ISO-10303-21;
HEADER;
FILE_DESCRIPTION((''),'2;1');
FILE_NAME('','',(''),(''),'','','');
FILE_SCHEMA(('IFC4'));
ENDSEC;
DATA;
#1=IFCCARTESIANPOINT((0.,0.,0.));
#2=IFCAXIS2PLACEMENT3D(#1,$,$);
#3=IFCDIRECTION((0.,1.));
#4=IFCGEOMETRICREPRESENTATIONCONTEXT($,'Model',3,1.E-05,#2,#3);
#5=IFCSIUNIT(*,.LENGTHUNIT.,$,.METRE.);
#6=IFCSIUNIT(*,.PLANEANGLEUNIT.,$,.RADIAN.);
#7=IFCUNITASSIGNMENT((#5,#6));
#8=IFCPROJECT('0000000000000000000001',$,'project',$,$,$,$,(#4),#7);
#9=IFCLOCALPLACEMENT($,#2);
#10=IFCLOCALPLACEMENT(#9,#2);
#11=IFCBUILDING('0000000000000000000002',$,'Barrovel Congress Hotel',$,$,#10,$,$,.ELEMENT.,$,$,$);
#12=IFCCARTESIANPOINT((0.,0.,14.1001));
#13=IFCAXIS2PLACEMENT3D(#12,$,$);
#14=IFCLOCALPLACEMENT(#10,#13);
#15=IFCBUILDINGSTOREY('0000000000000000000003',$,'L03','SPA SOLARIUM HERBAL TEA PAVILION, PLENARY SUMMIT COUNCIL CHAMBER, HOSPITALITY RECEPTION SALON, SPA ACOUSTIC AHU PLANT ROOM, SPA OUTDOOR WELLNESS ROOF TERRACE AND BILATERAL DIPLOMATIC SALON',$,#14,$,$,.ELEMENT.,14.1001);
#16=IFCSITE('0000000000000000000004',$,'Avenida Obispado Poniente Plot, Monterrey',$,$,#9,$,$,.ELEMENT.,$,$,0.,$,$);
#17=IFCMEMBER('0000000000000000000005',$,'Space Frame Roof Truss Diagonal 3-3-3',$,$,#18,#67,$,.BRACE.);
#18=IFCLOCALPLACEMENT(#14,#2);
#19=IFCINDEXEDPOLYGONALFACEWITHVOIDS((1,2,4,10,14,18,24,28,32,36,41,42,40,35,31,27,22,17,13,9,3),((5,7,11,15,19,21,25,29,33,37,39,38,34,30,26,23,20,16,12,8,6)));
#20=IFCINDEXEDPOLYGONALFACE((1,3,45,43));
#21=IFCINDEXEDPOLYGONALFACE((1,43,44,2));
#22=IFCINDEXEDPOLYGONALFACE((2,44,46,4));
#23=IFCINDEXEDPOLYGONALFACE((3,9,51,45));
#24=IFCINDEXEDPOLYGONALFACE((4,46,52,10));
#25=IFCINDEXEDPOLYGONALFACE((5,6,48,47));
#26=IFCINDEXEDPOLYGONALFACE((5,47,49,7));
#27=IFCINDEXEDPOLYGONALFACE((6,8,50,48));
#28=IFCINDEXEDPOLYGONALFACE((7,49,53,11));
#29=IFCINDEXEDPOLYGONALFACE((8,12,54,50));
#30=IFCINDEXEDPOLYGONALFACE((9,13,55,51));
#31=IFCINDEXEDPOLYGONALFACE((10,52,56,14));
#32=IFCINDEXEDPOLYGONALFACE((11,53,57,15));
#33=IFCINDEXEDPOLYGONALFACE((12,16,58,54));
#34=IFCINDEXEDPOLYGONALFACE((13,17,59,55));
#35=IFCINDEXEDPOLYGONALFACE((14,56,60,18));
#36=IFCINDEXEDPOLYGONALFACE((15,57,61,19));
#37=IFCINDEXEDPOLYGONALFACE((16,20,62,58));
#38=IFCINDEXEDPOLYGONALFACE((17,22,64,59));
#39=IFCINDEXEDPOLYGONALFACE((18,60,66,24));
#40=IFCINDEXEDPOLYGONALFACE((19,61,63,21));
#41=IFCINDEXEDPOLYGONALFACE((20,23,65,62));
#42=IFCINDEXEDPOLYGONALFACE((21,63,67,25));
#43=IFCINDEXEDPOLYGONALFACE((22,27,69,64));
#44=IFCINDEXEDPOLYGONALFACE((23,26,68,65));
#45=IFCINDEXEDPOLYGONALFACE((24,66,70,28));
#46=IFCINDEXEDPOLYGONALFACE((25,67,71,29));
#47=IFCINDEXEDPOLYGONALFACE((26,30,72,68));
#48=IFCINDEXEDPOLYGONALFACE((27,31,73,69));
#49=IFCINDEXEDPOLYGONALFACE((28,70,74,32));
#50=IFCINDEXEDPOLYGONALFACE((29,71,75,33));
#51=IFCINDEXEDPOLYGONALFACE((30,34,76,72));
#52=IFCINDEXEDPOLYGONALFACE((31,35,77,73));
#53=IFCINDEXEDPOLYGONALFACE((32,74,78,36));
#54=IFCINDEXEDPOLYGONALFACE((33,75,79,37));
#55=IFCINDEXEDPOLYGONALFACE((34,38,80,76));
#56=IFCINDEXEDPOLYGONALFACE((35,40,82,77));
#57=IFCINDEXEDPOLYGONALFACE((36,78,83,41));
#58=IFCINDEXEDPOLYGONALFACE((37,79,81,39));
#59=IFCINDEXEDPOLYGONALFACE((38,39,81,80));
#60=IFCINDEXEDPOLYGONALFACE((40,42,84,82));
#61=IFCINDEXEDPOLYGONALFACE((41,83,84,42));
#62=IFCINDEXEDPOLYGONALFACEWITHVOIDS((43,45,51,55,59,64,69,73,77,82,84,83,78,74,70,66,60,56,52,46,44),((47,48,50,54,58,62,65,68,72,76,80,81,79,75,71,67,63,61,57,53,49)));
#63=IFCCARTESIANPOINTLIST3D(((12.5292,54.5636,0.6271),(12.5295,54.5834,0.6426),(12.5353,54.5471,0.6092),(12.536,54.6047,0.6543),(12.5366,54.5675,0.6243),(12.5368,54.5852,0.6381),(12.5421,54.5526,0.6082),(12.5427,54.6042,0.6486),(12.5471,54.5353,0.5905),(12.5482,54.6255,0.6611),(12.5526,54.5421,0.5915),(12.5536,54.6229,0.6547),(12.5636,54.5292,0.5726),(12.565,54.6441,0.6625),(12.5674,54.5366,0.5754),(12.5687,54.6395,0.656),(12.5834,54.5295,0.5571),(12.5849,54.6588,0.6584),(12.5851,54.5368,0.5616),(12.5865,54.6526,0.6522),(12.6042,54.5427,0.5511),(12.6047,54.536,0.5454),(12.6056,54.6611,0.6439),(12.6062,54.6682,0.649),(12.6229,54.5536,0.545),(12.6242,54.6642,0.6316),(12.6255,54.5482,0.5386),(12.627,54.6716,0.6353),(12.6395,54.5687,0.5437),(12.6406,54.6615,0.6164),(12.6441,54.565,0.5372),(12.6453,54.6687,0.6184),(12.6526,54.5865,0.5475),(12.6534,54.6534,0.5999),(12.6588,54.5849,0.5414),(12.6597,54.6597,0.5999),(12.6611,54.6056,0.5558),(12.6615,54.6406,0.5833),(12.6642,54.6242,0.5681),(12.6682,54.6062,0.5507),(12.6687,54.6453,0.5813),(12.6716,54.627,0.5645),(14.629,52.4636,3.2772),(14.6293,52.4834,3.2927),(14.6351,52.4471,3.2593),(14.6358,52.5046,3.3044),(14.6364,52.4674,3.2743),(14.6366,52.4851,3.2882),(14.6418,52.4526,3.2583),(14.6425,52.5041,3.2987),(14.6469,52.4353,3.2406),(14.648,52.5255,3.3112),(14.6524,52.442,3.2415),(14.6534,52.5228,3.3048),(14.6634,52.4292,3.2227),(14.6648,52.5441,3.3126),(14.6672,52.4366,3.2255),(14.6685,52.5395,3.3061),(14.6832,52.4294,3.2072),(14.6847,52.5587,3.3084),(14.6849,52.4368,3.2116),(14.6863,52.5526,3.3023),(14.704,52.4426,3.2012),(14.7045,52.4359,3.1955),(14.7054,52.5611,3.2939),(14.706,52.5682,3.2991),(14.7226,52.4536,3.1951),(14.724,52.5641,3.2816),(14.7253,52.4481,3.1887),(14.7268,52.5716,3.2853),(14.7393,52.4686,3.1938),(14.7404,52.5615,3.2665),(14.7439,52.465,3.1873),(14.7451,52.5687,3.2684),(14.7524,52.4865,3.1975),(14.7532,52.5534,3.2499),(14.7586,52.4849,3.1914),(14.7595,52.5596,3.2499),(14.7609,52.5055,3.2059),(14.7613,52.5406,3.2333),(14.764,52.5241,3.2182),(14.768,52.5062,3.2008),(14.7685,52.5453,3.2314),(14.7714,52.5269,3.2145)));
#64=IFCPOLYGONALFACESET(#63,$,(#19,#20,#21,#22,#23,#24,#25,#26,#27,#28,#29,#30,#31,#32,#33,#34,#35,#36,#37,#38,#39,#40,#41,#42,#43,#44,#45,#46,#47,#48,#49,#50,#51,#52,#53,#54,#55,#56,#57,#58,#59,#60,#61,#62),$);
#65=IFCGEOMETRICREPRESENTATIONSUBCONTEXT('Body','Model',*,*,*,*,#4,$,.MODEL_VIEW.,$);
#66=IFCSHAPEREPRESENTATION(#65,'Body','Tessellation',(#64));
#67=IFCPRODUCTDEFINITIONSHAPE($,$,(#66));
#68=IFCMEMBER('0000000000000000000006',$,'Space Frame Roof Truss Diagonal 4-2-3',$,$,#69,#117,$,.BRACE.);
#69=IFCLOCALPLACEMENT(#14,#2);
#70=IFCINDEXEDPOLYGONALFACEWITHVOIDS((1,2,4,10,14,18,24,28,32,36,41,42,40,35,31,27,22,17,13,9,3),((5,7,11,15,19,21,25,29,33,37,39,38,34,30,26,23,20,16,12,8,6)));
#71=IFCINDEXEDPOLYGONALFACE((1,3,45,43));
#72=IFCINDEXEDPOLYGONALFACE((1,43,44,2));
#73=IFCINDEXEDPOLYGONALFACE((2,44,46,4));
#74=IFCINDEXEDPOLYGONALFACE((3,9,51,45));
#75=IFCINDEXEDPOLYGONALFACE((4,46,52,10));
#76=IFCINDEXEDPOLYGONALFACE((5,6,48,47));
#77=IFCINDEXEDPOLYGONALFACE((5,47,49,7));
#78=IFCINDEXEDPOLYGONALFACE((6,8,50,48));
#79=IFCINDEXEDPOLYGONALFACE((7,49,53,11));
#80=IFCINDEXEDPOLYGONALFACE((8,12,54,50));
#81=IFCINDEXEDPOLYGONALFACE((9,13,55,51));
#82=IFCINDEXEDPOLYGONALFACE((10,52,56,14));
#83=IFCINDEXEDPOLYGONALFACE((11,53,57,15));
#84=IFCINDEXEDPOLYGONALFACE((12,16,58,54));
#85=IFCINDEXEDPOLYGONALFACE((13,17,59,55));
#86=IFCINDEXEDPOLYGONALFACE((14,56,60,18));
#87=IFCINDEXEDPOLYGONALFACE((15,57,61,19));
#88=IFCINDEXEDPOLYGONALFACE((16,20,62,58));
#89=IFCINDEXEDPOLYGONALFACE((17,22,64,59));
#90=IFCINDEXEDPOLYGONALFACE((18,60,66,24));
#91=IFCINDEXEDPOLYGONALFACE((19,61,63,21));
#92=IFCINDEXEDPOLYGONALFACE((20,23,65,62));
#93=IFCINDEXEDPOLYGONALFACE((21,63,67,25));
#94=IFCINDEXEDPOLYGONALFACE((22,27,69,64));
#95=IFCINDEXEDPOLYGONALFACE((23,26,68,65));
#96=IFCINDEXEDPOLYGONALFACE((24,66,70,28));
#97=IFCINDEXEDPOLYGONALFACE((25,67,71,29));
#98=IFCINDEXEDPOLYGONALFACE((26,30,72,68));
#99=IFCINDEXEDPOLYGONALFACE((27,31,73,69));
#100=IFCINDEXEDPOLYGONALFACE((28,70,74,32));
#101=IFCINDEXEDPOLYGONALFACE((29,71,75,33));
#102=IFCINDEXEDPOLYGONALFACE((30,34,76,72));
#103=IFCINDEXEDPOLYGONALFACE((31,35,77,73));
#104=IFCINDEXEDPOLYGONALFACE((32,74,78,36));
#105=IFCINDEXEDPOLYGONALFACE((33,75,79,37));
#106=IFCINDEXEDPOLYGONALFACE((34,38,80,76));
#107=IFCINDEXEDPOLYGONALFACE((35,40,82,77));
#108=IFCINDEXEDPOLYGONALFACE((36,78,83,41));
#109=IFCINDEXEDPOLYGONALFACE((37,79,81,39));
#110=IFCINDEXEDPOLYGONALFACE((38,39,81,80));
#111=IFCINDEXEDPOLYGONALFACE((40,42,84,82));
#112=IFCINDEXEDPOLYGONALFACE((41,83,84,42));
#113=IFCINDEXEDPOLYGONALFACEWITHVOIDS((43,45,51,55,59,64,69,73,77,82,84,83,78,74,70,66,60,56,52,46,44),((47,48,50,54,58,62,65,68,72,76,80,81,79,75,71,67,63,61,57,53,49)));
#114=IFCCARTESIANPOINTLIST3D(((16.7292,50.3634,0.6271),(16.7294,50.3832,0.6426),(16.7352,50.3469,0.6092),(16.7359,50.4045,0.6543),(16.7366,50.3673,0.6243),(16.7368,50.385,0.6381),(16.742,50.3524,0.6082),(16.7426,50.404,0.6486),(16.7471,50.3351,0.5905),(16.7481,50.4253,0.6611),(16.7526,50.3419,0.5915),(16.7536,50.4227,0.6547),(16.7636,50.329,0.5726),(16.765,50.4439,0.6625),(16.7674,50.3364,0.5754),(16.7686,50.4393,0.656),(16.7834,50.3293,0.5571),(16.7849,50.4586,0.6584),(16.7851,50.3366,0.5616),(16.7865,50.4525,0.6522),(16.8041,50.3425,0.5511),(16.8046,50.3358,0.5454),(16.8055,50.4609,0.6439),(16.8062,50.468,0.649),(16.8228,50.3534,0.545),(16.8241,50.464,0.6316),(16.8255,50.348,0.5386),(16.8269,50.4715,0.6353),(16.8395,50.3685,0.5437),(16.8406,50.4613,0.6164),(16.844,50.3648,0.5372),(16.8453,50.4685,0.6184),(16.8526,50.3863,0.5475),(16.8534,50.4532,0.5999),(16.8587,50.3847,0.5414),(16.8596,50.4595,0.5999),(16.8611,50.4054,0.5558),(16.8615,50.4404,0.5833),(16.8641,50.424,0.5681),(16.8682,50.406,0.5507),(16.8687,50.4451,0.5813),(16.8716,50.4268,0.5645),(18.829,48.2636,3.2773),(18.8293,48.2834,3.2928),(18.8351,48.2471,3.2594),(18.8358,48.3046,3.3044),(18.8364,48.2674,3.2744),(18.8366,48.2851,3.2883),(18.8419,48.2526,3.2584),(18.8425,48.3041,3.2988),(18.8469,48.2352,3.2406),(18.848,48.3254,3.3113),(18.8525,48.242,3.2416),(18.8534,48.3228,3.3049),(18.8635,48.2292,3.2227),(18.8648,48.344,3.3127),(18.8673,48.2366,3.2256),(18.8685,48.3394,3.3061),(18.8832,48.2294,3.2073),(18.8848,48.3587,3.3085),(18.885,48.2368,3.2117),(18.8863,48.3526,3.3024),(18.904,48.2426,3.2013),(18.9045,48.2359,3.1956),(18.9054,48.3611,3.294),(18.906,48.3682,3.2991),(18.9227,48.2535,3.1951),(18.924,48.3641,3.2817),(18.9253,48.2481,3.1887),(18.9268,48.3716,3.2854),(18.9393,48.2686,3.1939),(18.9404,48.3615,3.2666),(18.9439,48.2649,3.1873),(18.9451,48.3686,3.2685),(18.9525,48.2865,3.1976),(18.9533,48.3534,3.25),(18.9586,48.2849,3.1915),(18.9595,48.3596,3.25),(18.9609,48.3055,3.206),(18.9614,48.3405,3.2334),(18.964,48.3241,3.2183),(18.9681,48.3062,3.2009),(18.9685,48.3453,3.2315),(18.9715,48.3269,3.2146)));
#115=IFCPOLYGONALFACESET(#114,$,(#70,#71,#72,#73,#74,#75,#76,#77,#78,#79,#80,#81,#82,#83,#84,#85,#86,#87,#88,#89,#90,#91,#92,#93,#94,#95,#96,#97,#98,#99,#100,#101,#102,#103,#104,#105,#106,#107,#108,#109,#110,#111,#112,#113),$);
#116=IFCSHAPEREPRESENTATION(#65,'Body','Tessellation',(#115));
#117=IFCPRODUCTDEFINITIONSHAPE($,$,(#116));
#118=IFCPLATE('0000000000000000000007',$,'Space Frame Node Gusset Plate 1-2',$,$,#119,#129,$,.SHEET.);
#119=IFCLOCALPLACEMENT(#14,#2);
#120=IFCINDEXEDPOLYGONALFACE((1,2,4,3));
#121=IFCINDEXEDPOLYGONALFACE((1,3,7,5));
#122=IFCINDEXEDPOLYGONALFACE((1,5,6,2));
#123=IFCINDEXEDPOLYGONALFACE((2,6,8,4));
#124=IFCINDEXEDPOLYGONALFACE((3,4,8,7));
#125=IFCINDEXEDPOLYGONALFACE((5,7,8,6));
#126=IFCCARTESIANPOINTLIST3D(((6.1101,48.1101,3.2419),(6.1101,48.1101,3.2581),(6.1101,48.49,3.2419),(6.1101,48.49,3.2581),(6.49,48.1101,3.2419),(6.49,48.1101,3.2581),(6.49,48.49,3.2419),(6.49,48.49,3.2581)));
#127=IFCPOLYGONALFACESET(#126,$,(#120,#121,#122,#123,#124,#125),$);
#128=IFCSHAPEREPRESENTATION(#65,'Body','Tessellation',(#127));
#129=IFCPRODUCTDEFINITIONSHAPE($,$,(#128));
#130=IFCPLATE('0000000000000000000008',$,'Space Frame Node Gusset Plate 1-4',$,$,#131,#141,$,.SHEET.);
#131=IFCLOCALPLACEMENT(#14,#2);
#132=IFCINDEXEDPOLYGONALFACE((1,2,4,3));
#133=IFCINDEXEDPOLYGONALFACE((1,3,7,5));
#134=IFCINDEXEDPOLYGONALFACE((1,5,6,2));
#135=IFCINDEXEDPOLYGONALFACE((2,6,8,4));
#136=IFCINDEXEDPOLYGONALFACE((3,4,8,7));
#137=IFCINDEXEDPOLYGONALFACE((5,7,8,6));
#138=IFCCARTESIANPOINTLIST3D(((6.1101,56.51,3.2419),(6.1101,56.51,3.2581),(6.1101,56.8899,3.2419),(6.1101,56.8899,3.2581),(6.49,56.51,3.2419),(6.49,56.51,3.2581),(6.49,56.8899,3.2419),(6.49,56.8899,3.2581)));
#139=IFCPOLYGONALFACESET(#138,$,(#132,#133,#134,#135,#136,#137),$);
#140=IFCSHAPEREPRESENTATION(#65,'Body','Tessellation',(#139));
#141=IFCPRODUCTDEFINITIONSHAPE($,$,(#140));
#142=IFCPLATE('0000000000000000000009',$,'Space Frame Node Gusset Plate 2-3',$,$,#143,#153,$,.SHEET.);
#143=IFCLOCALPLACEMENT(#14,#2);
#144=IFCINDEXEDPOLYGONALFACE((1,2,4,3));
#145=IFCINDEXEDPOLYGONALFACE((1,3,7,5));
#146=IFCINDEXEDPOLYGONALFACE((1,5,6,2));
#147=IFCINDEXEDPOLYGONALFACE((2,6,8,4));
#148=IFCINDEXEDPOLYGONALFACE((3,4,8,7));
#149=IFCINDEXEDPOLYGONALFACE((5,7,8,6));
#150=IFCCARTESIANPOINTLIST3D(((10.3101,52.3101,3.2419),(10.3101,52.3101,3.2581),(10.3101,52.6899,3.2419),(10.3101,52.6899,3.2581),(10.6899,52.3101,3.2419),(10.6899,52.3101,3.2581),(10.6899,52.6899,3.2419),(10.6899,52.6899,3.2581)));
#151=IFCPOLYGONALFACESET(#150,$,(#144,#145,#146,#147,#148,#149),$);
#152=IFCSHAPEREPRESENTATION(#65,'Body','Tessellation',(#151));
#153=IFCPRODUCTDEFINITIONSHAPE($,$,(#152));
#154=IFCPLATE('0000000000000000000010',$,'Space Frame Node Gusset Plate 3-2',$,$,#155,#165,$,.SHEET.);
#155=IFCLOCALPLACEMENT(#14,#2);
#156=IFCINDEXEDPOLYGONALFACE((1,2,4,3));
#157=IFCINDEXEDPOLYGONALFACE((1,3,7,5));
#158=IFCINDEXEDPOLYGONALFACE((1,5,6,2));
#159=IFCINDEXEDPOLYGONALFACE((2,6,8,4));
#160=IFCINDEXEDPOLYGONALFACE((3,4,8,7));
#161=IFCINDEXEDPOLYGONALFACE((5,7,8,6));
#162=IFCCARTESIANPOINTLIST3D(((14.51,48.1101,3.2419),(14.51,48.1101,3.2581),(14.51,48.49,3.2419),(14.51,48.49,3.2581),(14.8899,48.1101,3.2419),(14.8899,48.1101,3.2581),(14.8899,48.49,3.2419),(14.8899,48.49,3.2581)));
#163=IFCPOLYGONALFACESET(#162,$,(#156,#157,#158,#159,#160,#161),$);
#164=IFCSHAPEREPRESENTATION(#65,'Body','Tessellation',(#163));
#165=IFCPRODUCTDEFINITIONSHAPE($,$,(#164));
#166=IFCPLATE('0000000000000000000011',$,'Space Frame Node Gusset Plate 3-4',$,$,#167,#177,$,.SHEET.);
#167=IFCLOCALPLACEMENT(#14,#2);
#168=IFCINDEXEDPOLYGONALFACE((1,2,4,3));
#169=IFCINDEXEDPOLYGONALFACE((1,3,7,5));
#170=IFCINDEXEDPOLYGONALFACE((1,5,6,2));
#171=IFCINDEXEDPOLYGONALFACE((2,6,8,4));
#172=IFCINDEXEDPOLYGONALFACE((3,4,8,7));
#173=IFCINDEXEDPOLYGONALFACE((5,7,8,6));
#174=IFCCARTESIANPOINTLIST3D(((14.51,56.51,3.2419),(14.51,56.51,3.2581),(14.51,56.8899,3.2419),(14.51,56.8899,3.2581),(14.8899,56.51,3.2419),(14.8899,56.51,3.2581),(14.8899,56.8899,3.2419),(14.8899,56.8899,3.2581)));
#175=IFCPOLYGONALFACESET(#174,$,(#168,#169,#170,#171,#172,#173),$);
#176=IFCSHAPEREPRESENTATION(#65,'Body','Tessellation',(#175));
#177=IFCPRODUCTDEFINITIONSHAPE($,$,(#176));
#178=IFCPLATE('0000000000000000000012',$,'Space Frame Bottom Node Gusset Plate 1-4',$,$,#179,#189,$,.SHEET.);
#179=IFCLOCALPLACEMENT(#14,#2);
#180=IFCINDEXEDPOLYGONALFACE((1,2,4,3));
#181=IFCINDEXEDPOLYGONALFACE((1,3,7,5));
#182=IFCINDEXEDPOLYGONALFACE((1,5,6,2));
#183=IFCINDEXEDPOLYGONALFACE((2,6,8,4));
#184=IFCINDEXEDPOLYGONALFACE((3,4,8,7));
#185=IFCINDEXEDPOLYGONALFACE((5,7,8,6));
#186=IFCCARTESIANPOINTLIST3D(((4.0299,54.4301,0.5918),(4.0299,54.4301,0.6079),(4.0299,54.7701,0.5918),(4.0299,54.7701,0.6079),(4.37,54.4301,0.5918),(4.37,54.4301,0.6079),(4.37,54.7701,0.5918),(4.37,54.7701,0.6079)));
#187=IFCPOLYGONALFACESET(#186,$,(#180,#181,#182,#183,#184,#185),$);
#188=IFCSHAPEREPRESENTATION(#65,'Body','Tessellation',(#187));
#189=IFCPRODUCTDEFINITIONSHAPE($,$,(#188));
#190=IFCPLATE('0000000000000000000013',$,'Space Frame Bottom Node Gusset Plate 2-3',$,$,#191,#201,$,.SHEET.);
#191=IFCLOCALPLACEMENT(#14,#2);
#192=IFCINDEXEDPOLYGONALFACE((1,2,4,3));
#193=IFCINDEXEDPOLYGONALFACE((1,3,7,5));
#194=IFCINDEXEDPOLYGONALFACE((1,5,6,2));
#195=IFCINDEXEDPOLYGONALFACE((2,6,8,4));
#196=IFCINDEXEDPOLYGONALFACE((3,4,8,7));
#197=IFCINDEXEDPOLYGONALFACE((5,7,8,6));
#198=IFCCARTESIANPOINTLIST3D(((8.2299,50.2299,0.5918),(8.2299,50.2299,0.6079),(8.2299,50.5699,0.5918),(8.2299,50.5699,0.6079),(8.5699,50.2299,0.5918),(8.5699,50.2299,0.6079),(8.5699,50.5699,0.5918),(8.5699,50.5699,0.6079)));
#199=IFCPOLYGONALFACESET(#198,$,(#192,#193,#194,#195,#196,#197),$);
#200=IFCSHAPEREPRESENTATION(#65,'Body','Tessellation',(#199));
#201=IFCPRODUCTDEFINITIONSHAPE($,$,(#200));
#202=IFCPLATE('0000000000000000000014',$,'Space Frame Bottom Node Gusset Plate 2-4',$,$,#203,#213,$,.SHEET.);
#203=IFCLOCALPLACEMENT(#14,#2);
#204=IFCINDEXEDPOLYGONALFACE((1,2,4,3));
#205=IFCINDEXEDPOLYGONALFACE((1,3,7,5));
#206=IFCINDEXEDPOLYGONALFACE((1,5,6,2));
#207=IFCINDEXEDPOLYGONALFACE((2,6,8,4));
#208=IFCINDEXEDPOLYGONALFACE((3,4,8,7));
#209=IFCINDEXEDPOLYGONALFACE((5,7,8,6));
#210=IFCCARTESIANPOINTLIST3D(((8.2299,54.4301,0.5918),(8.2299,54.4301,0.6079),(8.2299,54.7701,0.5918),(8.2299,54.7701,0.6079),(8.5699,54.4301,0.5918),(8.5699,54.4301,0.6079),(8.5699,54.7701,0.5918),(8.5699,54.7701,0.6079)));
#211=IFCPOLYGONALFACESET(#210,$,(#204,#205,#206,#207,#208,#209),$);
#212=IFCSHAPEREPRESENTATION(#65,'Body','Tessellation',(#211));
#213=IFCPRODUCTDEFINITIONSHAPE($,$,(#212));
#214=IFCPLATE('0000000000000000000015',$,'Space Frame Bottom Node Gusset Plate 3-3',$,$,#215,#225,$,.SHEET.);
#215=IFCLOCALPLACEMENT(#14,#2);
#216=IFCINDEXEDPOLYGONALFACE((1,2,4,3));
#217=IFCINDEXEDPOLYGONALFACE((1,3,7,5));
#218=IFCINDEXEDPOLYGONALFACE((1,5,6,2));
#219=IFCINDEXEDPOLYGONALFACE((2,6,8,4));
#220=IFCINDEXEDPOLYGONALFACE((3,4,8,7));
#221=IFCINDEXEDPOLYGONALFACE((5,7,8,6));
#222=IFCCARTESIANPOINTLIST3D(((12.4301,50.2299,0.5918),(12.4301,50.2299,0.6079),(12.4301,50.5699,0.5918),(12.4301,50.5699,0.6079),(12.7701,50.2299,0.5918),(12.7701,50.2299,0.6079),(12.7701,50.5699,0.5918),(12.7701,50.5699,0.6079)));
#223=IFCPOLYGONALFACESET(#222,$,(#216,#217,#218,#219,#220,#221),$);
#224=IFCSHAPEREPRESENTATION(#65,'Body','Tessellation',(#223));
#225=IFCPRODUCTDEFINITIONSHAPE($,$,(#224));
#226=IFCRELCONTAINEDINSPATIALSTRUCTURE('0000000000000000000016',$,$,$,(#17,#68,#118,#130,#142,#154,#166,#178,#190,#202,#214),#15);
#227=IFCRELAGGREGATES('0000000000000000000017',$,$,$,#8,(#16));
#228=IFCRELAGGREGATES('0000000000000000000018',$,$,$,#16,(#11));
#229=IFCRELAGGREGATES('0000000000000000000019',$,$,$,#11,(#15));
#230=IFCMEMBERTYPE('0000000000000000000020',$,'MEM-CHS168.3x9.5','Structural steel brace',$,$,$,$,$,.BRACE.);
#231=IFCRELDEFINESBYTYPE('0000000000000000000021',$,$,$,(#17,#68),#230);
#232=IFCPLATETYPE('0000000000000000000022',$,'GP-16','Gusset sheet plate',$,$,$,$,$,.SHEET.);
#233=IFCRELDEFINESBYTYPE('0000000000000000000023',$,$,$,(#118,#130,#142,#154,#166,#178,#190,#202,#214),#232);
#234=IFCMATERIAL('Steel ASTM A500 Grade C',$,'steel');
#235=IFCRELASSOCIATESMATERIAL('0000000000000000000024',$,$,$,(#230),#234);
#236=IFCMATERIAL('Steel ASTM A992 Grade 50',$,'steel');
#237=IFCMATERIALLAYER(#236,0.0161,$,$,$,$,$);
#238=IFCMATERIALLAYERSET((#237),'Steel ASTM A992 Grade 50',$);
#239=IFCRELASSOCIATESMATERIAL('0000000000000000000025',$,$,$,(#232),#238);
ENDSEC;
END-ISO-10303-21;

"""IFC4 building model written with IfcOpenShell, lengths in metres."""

from ifc_helpers import new_model, si_unit, direction, frame, origin, origin_2d, place, context, subcontext, project, spatial, rectangle, hollow_circle, extrude, material, layer, layer_set, material_profile, profile_set, type_object, element, save


model = new_model("IFC4")

# Units and contexts
model_context = context("Model", 3, precision=1e-05, world=origin(), true_north=direction((0.0, 1.0)))
body_context = subcontext(model_context, "Body", "Model", "MODEL_VIEW")
ifc_project = project(units=[si_unit("LENGTHUNIT", "METRE"), si_unit("PLANEANGLEUNIT", "RADIAN")], contexts=[model_context])

# Site, building, storey
site_placement = place(None, origin())
site = spatial("IfcSite", under=ifc_project, at=site_placement, Name="Avenida Obispado Poniente Plot, Monterrey", CompositionType="ELEMENT", RefElevation=0.0)
building_placement = place(site_placement, origin())
building = spatial("IfcBuilding", under=site, at=building_placement, Name="Barrovel Congress Hotel", CompositionType="ELEMENT")
storey_placement = place(building_placement, frame((0.0, 0.0, 14.1001)))
storey = spatial("IfcBuildingStorey", under=building, at=storey_placement, Name="L03", Description="SPA SOLARIUM HERBAL TEA PAVILION, PLENARY SUMMIT COUNCIL CHAMBER, HOSPITALITY RECEPTION SALON, SPA ACOUSTIC AHU PLANT ROOM, SPA OUTDOOR WELLNESS ROOF TERRACE AND BILATERAL DIPLOMATIC SALON", CompositionType="ELEMENT", Elevation=14.1001)

# Members
ifc_material_1 = material(Name="Steel ASTM A500 Grade C", Category="steel")
ifc_material_profile_1 = material_profile(ifc_material_1, hollow_circle(Radius=0.0842, WallThickness=0.0088, at=origin_2d()), Name="CHS168.3x9.5")
ifc_profile_set_1 = profile_set([ifc_material_profile_1], Name="Steel ASTM A500 Grade C")
member_type_1 = type_object("IfcMemberType", Name="MEM-CHS168.3x9.5", Description="Structural steel brace", PredefinedType="BRACE", material=ifc_profile_set_1)
for number, where, z_axis, x_axis, name in (
    (1, (12.6001, 54.6001, 0.5999), (0.527557, -0.527618, 0.66581), (0.707148, 0.707066, 0.0), "Space Frame Roof Truss Diagonal 3-3-3"),
    (2, (16.8, 50.3999, 0.5999), (0.527574, -0.527574, 0.665831), (0.707107, 0.707107, 0.0), "Space Frame Roof Truss Diagonal 4-2-3"),
):
    element("IfcMember", number, at=place(storey_placement, frame(where, z_axis=z_axis, x_axis=x_axis)), inside=storey, type_object=member_type_1, Name=name, PredefinedType="BRACE", context=body_context, shape_type="SweptSolid", body=[
        extrude(hollow_circle(Radius=0.0842, WallThickness=0.0088, at=origin_2d()), origin(), (0.0, 0.0, 1.0), 3.9802),
    ])

# Plates
ifc_material_2 = material(Name="Steel ASTM A992 Grade 50", Category="steel")
ifc_layer_1 = layer(ifc_material_2, 0.0161)
ifc_layer_set_1 = layer_set([ifc_layer_1], Name="Steel ASTM A992 Grade 50")
plate_type_1 = type_object("IfcPlateType", Name="GP-16", Description="Gusset sheet plate", PredefinedType="SHEET", material=ifc_layer_set_1)
for number, where, z_axis, x_axis, name in (
    (3, (6.3, 48.3, 3.2419), (0.0, 0.0, 1.0), (1.0, 0.0, 0.0), "Space Frame Node Gusset Plate 1-2"),
    (4, (6.3, 56.7, 3.2419), (0.0, 0.0, 1.0), (1.0, 0.0, 0.0), "Space Frame Node Gusset Plate 1-4"),
    (5, (10.5, 52.5, 3.2419), (0.0, 0.0, 1.0), (1.0, 0.0, 0.0), "Space Frame Node Gusset Plate 2-3"),
    (6, (14.7, 48.3, 3.2419), (0.0, 0.0, 1.0), (1.0, 0.0, 0.0), "Space Frame Node Gusset Plate 3-2"),
    (7, (14.7, 56.7, 3.2419), (0.0, 0.0, 1.0), (1.0, 0.0, 0.0), "Space Frame Node Gusset Plate 3-4"),
):
    element("IfcPlate", number, at=place(storey_placement, frame(where, z_axis=z_axis, x_axis=x_axis)), inside=storey, type_object=plate_type_1, Name=name, PredefinedType="SHEET", context=body_context, shape_type="SweptSolid", body=[
        extrude(rectangle(XDim=0.3799, YDim=0.3799, at=origin_2d()), origin(), (0.0, 0.0, 1.0), 0.0161),
    ])
for number, where, z_axis, x_axis, name in (
    (8, (4.2, 54.6001, 0.5918), (0.0, 0.0, 1.0), (1.0, 0.0, 0.0), "Space Frame Bottom Node Gusset Plate 1-4"),
    (9, (8.3999, 50.3999, 0.5918), (0.0, 0.0, 1.0), (1.0, 0.0, 0.0), "Space Frame Bottom Node Gusset Plate 2-3"),
    (10, (8.3999, 54.6001, 0.5918), (0.0, 0.0, 1.0), (1.0, 0.0, 0.0), "Space Frame Bottom Node Gusset Plate 2-4"),
    (11, (12.6001, 50.3999, 0.5918), (0.0, 0.0, 1.0), (1.0, 0.0, 0.0), "Space Frame Bottom Node Gusset Plate 3-3"),
):
    element("IfcPlate", number, at=place(storey_placement, frame(where, z_axis=z_axis, x_axis=x_axis)), inside=storey, type_object=plate_type_1, Name=name, PredefinedType="SHEET", context=body_context, shape_type="SweptSolid", body=[
        extrude(rectangle(XDim=0.3401, YDim=0.3401, at=origin_2d()), origin(), (0.0, 0.0, 1.0), 0.0161),
    ])

save(model, "model.ifc")
